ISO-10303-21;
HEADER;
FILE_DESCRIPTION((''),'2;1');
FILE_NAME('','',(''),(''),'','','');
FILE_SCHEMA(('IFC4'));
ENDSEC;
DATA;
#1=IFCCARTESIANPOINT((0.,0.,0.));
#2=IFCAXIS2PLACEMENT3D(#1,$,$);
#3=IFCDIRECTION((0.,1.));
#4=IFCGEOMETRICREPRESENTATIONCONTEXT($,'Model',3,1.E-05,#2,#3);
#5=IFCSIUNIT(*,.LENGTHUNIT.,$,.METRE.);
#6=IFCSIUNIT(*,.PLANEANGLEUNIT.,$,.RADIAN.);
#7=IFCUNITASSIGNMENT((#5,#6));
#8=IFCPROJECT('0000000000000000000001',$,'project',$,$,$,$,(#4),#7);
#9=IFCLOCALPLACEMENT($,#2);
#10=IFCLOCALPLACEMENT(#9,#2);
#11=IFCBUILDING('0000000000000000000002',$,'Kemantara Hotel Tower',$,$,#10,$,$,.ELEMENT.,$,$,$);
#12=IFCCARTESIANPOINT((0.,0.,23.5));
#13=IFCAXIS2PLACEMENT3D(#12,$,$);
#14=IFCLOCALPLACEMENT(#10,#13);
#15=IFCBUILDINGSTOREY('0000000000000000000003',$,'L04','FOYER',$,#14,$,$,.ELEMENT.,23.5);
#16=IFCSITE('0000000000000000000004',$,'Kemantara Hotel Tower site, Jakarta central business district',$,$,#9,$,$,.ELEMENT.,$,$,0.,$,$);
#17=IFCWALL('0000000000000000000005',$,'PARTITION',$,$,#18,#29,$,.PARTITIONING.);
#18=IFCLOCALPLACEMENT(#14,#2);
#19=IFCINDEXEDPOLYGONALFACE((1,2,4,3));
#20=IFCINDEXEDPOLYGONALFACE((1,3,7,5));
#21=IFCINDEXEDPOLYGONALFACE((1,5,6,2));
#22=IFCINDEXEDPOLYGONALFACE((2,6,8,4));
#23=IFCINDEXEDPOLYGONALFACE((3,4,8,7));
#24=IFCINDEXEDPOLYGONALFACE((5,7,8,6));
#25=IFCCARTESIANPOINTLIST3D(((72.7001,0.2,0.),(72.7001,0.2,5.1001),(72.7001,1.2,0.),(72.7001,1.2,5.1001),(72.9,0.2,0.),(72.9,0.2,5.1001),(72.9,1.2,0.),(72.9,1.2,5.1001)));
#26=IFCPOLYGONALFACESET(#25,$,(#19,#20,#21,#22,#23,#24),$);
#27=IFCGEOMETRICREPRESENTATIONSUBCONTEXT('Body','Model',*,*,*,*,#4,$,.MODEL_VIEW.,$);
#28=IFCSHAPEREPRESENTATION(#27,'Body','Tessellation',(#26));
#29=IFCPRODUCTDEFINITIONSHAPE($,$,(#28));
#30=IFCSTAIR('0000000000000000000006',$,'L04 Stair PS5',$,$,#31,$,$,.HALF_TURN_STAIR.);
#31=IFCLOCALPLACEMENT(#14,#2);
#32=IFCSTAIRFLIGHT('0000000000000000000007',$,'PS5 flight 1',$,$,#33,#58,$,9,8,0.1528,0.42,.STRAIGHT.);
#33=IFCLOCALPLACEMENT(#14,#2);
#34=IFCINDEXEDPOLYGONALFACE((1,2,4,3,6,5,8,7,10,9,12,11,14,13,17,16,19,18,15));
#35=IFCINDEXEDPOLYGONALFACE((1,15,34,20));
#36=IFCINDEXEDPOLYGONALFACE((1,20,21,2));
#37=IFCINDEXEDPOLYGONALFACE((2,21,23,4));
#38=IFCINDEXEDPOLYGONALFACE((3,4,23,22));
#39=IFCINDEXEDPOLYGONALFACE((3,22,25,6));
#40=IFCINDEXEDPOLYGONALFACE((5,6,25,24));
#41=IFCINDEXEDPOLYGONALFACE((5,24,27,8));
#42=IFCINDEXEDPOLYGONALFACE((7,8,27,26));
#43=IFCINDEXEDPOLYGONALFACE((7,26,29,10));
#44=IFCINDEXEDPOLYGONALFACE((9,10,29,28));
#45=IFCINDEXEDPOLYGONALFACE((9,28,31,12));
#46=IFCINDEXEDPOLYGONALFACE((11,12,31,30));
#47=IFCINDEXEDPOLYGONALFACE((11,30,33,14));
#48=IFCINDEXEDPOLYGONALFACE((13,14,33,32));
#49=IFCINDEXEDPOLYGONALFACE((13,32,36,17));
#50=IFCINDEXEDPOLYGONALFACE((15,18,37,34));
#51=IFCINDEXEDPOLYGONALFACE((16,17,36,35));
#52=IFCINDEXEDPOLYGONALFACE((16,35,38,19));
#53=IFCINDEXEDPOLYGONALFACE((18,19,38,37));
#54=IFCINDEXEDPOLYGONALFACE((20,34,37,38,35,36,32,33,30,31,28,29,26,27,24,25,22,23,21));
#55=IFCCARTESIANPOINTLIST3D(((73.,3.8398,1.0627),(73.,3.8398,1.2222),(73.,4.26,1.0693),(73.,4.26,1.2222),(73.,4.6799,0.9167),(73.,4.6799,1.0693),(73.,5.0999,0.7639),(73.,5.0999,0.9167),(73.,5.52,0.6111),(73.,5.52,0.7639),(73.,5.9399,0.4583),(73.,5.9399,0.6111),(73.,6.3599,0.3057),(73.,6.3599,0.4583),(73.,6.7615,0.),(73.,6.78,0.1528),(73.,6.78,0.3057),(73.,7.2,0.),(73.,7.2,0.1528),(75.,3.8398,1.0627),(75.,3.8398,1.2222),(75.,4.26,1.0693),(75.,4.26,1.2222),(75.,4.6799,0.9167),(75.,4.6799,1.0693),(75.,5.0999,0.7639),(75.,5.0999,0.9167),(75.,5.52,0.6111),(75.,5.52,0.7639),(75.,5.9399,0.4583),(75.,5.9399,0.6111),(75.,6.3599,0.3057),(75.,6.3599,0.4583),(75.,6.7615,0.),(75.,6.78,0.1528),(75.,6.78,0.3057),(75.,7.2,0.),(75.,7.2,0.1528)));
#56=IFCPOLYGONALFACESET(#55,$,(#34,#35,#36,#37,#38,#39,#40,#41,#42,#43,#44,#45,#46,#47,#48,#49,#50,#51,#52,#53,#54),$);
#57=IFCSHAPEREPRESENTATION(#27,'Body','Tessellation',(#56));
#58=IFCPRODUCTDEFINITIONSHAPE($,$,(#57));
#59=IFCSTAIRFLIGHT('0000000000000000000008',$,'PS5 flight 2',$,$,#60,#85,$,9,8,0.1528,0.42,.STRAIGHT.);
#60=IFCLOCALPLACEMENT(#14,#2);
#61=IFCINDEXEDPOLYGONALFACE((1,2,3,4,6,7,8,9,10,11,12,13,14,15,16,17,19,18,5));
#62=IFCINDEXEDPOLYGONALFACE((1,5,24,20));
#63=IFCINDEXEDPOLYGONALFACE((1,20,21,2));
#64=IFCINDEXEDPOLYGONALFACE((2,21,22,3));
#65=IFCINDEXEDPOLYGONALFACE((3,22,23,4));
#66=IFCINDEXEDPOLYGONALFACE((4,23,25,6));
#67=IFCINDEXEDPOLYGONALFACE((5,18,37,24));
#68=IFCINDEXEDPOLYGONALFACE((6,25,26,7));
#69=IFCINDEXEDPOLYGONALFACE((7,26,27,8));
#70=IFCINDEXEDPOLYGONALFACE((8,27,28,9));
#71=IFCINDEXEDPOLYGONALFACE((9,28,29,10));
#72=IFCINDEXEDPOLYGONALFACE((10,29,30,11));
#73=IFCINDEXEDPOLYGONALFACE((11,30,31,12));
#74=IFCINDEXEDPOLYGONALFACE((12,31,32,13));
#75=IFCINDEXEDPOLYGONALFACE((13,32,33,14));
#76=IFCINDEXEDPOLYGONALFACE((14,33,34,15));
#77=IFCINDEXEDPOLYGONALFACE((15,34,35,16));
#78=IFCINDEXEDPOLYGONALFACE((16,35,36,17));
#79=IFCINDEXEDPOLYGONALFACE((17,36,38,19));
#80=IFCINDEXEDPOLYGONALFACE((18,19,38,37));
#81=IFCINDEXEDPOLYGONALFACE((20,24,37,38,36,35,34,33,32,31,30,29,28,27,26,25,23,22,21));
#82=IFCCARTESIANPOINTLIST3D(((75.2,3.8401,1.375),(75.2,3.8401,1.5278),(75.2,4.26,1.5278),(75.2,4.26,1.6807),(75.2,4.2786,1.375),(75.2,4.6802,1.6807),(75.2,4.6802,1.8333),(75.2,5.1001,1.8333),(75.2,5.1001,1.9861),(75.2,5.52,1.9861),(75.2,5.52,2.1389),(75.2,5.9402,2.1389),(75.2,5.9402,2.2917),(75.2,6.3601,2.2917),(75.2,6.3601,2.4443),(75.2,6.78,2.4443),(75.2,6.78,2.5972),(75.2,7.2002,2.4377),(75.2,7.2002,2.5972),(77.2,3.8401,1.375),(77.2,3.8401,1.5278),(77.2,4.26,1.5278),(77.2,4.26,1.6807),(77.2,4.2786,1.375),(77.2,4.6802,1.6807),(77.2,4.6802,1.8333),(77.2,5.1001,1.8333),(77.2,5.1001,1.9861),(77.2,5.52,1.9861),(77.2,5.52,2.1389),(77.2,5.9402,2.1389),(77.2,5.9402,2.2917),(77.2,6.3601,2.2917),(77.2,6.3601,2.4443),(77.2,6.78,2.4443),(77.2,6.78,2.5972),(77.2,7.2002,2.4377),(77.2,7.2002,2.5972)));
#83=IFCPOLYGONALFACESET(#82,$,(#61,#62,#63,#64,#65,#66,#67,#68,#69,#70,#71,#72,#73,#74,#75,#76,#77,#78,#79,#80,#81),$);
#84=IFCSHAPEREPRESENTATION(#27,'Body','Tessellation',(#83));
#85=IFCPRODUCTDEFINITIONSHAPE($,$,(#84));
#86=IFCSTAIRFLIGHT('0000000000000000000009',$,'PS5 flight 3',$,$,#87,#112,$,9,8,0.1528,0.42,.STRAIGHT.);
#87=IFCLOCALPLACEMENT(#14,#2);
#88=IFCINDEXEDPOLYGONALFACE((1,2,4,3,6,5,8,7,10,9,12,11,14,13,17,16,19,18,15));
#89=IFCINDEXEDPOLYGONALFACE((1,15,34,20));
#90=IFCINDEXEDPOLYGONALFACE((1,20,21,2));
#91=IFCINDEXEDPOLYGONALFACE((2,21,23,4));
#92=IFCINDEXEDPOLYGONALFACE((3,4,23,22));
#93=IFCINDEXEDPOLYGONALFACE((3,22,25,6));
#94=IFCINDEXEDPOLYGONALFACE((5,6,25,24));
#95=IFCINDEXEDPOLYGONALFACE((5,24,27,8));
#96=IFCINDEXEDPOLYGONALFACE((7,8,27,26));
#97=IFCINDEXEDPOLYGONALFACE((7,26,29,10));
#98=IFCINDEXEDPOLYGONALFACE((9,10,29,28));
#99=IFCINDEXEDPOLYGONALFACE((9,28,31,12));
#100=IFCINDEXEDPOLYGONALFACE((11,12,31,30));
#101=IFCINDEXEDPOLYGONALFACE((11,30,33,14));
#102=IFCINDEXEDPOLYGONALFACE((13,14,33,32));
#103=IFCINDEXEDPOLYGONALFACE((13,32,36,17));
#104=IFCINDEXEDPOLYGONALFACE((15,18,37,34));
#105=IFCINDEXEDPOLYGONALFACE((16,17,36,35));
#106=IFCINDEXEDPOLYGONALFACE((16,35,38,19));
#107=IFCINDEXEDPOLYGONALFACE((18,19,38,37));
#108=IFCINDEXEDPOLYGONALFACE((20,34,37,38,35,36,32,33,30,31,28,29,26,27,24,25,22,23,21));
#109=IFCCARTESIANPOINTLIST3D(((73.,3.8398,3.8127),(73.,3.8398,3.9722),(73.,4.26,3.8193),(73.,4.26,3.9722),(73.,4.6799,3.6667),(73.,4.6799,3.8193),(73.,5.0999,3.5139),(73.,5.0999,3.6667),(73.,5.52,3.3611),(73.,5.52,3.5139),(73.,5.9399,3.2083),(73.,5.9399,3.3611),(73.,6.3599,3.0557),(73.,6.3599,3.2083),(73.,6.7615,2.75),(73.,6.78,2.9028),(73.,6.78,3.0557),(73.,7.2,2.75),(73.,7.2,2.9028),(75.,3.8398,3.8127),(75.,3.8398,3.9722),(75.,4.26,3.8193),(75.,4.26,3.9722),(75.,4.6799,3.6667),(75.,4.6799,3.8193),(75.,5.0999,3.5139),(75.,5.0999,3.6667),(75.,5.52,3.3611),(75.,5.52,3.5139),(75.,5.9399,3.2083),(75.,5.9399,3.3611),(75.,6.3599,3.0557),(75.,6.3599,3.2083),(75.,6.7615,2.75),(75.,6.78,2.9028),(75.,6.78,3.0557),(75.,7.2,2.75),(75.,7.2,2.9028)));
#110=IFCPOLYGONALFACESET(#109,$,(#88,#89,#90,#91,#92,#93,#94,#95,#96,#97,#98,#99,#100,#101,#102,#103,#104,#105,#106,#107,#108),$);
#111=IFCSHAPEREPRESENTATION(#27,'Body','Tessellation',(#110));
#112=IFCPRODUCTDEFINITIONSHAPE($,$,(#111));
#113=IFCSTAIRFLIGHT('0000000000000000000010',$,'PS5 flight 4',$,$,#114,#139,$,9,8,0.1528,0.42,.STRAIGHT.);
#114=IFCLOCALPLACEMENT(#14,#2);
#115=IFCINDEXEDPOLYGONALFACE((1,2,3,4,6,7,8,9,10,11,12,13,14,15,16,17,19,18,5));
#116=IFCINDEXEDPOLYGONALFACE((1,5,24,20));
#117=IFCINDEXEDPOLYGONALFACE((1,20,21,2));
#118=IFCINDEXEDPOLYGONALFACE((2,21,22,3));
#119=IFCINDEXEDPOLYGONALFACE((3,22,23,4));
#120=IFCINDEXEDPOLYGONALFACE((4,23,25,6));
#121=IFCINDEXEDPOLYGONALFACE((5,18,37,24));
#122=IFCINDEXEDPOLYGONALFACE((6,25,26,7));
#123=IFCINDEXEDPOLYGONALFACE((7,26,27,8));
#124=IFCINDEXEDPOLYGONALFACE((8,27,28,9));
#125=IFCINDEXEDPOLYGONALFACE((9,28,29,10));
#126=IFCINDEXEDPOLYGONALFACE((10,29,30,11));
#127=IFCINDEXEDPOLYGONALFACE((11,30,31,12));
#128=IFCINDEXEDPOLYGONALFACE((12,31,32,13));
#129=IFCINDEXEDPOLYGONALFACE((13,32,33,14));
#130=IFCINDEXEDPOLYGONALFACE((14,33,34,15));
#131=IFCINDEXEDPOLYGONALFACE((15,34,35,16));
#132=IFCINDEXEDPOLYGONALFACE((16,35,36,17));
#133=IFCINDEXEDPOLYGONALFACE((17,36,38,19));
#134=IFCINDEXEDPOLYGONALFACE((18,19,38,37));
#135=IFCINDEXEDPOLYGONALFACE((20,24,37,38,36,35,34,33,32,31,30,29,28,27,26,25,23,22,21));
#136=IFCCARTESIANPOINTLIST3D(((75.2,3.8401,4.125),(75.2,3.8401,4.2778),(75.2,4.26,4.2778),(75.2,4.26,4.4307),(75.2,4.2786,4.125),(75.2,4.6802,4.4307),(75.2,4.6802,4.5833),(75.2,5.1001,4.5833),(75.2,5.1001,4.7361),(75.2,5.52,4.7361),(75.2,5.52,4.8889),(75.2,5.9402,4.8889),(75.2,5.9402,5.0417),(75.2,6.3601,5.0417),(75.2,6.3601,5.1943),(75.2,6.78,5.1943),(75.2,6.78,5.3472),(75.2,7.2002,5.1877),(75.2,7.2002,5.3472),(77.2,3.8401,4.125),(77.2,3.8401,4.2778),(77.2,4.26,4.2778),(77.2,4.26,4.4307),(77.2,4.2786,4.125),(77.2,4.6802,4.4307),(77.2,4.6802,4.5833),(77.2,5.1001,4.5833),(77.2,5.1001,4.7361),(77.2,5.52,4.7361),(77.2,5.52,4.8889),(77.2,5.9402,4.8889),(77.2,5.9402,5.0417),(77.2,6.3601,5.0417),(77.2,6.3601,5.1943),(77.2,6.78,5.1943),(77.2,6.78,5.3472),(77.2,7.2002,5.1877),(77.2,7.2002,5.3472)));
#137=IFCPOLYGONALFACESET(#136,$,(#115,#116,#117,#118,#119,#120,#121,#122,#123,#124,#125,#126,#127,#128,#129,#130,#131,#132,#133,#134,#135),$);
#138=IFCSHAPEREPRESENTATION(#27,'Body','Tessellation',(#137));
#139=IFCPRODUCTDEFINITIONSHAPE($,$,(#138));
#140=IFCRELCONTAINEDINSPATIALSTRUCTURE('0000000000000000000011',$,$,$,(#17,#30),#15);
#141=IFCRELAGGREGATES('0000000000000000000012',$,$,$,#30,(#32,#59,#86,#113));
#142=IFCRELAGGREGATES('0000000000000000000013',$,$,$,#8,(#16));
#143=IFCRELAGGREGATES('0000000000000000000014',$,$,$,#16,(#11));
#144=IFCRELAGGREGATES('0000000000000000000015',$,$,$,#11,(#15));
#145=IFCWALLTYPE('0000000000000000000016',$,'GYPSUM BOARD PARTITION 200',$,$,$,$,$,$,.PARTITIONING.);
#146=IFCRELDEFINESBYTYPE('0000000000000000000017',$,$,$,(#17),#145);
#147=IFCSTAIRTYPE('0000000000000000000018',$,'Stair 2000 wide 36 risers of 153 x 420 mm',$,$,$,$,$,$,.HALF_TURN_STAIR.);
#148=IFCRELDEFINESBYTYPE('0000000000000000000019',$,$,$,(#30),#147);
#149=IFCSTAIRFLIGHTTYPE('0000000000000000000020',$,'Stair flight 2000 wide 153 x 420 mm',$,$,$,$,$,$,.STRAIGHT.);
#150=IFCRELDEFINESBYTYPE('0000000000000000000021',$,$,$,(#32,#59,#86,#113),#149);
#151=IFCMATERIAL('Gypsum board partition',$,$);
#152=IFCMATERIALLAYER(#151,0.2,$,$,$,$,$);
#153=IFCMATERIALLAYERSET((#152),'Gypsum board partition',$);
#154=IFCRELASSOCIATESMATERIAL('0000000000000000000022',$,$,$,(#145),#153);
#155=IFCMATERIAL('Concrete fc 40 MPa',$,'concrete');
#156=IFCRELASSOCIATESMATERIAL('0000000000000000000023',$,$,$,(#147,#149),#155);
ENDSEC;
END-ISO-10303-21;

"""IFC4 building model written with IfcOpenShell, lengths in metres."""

from ifc_helpers import new_model, si_unit, direction, frame, frame_2d, origin, place, context, subcontext, project, spatial, polyline, rectangle, outline, extrude, material, layer, layer_set, type_object, element, aggregate, save


model = new_model("IFC4")

# Units and contexts
model_context = context("Model", 3, precision=1e-05, world=origin(), true_north=direction((0.0, 1.0)))
body_context = subcontext(model_context, "Body", "Model", "MODEL_VIEW")
ifc_project = project(units=[si_unit("LENGTHUNIT", "METRE"), si_unit("PLANEANGLEUNIT", "RADIAN")], contexts=[model_context])

# Site, building, storey
site_placement = place(None, origin())
site = spatial("IfcSite", under=ifc_project, at=site_placement, Name="Kemantara Hotel Tower site, Jakarta central business district", CompositionType="ELEMENT", RefElevation=0.0)
building_placement = place(site_placement, origin())
building = spatial("IfcBuilding", under=site, at=building_placement, Name="Kemantara Hotel Tower", CompositionType="ELEMENT")
storey_placement = place(building_placement, frame((0.0, 0.0, 23.5)))
storey = spatial("IfcBuildingStorey", under=building, at=storey_placement, Name="L04", Description="FOYER", CompositionType="ELEMENT", Elevation=23.5)

# Shared definitions
ifc_material_1 = material(Name="Concrete fc 40 MPa", Category="concrete")

# Wall
ifc_material_2 = material(Name="Gypsum board partition")
ifc_layer_1 = layer(ifc_material_2, 0.2)
ifc_layer_set_1 = layer_set([ifc_layer_1], Name="Gypsum board partition")
wall_type_1 = type_object("IfcWallType", Name="GYPSUM BOARD PARTITION 200", PredefinedType="PARTITIONING", material=ifc_layer_set_1)
for number, where, z_axis, x_axis, name in (
    (1, (72.8, 0.2, 0.0), (0.0, 0.0, 1.0), (0.0, 1.0, 0.0), "PARTITION"),
):
    element("IfcWall", number, at=place(storey_placement, frame(where, z_axis=z_axis, x_axis=x_axis)), inside=storey, type_object=wall_type_1, Name=name, PredefinedType="PARTITIONING", context=body_context, shape_type="SweptSolid", body=[
        extrude(rectangle(XDim=1.0, YDim=0.2, at=frame_2d((0.5, 0.0))), origin(), (0.0, 0.0, 1.0), 5.1001),
    ])

# Stair, stair flights
stair_type = type_object("IfcStairType", Name="Stair 2000 wide 36 risers of 153 x 420 mm", PredefinedType="HALF_TURN_STAIR", material=ifc_material_1)
stair_placement = place(storey_placement, origin())
stair = element("IfcStair", 2, at=stair_placement, inside=storey, type_object=stair_type, Name="L04 Stair PS5", PredefinedType="HALF_TURN_STAIR")
stair_flight_type = type_object("IfcStairFlightType", Name="Stair flight 2000 wide 153 x 420 mm", PredefinedType="STRAIGHT", material=ifc_material_1)
stair_flight_1_placement = place(storey_placement, frame((74.0, 7.2, 0.0), z_axis=(0.0, 0.0, 1.0), x_axis=(0.0, -1.0, 0.0)))
stair_flight_1 = element("IfcStairFlight", 3, at=stair_flight_1_placement, type_object=stair_flight_type, Name="PS5 flight 1", NumberOfRisers=9, NumberOfTreads=8, PredefinedType="STRAIGHT", RiserHeight=0.1528, TreadLength=0.42, context=body_context, shape_type="SweptSolid", body=[
    extrude(outline(polyline([(0.0, 0.0), (0.0, 0.1528), (0.4199, 0.1528), (0.4199, 0.3057), (0.8401, 0.3057), (0.8401, 0.4583), (1.26, 0.4583), (1.26, 0.6111), (1.6799, 0.6111), (1.6799, 0.7639), (2.1001, 0.7639), (2.1001, 0.9167), (2.52, 0.9167), (2.52, 1.0693), (2.9399, 1.0693), (2.9399, 1.2222), (3.3601, 1.2222), (3.3601, 1.375), (3.3601, 1.0627), (0.4385, 0.0), (0.0, 0.0)])), frame((0.0, 1.0, 0.0), z_axis=(0.0, -1.0, 0.0), x_axis=(1.0, 0.0, 0.0)), (0.0, 0.0, 1.0), 2.0),
])
stair_flight_2_placement = place(storey_placement, frame((76.2, 3.8401, 1.375), z_axis=(0.0, 0.0, 1.0), x_axis=(0.0, 1.0, 0.0)))
stair_flight_2 = element("IfcStairFlight", 4, at=stair_flight_2_placement, type_object=stair_flight_type, Name="PS5 flight 2", NumberOfRisers=9, NumberOfTreads=8, PredefinedType="STRAIGHT", RiserHeight=0.1528, TreadLength=0.42, context=body_context, shape_type="SweptSolid", body=[
    extrude(outline(polyline([(0.0, 0.0), (0.0, 0.1528), (0.4199, 0.1528), (0.4199, 0.3057), (0.8401, 0.3057), (0.8401, 0.4583), (1.26, 0.4583), (1.26, 0.6111), (1.6799, 0.6111), (1.6799, 0.7639), (2.1001, 0.7639), (2.1001, 0.9167), (2.52, 0.9167), (2.52, 1.0693), (2.9399, 1.0693), (2.9399, 1.2222), (3.3601, 1.2222), (3.3601, 1.375), (3.3601, 1.0627), (0.4385, 0.0), (0.0, 0.0)])), frame((0.0, 1.0, 0.0), z_axis=(0.0, -1.0, 0.0), x_axis=(1.0, 0.0, 0.0)), (0.0, 0.0, 1.0), 2.0),
])
stair_flight_3_placement = place(storey_placement, frame((74.0, 7.2, 2.75), z_axis=(0.0, 0.0, 1.0), x_axis=(0.0, -1.0, 0.0)))
stair_flight_3 = element("IfcStairFlight", 5, at=stair_flight_3_placement, type_object=stair_flight_type, Name="PS5 flight 3", NumberOfRisers=9, NumberOfTreads=8, PredefinedType="STRAIGHT", RiserHeight=0.1528, TreadLength=0.42, context=body_context, shape_type="SweptSolid", body=[
    extrude(outline(polyline([(0.0, 0.0), (0.0, 0.1528), (0.4199, 0.1528), (0.4199, 0.3057), (0.8401, 0.3057), (0.8401, 0.4583), (1.26, 0.4583), (1.26, 0.6111), (1.6799, 0.6111), (1.6799, 0.7639), (2.1001, 0.7639), (2.1001, 0.9167), (2.52, 0.9167), (2.52, 1.0693), (2.9399, 1.0693), (2.9399, 1.2222), (3.3601, 1.2222), (3.3601, 1.375), (3.3601, 1.0627), (0.4385, 0.0), (0.0, 0.0)])), frame((0.0, 1.0, 0.0), z_axis=(0.0, -1.0, 0.0), x_axis=(1.0, 0.0, 0.0)), (0.0, 0.0, 1.0), 2.0),
])
stair_flight_4_placement = place(storey_placement, frame((76.2, 3.8401, 4.125), z_axis=(0.0, 0.0, 1.0), x_axis=(0.0, 1.0, 0.0)))
stair_flight_4 = element("IfcStairFlight", 6, at=stair_flight_4_placement, type_object=stair_flight_type, Name="PS5 flight 4", NumberOfRisers=9, NumberOfTreads=8, PredefinedType="STRAIGHT", RiserHeight=0.1528, TreadLength=0.42, context=body_context, shape_type="SweptSolid", body=[
    extrude(outline(polyline([(0.0, 0.0), (0.0, 0.1528), (0.4199, 0.1528), (0.4199, 0.3057), (0.8401, 0.3057), (0.8401, 0.4583), (1.26, 0.4583), (1.26, 0.6111), (1.6799, 0.6111), (1.6799, 0.7639), (2.1001, 0.7639), (2.1001, 0.9167), (2.52, 0.9167), (2.52, 1.0693), (2.9399, 1.0693), (2.9399, 1.2222), (3.3601, 1.2222), (3.3601, 1.375), (3.3601, 1.0627), (0.4385, 0.0), (0.0, 0.0)])), frame((0.0, 1.0, 0.0), z_axis=(0.0, -1.0, 0.0), x_axis=(1.0, 0.0, 0.0)), (0.0, 0.0, 1.0), 2.0),
])
aggregate(stair, [stair_flight_1, stair_flight_2, stair_flight_3, stair_flight_4])

save(model, "model.ifc")
